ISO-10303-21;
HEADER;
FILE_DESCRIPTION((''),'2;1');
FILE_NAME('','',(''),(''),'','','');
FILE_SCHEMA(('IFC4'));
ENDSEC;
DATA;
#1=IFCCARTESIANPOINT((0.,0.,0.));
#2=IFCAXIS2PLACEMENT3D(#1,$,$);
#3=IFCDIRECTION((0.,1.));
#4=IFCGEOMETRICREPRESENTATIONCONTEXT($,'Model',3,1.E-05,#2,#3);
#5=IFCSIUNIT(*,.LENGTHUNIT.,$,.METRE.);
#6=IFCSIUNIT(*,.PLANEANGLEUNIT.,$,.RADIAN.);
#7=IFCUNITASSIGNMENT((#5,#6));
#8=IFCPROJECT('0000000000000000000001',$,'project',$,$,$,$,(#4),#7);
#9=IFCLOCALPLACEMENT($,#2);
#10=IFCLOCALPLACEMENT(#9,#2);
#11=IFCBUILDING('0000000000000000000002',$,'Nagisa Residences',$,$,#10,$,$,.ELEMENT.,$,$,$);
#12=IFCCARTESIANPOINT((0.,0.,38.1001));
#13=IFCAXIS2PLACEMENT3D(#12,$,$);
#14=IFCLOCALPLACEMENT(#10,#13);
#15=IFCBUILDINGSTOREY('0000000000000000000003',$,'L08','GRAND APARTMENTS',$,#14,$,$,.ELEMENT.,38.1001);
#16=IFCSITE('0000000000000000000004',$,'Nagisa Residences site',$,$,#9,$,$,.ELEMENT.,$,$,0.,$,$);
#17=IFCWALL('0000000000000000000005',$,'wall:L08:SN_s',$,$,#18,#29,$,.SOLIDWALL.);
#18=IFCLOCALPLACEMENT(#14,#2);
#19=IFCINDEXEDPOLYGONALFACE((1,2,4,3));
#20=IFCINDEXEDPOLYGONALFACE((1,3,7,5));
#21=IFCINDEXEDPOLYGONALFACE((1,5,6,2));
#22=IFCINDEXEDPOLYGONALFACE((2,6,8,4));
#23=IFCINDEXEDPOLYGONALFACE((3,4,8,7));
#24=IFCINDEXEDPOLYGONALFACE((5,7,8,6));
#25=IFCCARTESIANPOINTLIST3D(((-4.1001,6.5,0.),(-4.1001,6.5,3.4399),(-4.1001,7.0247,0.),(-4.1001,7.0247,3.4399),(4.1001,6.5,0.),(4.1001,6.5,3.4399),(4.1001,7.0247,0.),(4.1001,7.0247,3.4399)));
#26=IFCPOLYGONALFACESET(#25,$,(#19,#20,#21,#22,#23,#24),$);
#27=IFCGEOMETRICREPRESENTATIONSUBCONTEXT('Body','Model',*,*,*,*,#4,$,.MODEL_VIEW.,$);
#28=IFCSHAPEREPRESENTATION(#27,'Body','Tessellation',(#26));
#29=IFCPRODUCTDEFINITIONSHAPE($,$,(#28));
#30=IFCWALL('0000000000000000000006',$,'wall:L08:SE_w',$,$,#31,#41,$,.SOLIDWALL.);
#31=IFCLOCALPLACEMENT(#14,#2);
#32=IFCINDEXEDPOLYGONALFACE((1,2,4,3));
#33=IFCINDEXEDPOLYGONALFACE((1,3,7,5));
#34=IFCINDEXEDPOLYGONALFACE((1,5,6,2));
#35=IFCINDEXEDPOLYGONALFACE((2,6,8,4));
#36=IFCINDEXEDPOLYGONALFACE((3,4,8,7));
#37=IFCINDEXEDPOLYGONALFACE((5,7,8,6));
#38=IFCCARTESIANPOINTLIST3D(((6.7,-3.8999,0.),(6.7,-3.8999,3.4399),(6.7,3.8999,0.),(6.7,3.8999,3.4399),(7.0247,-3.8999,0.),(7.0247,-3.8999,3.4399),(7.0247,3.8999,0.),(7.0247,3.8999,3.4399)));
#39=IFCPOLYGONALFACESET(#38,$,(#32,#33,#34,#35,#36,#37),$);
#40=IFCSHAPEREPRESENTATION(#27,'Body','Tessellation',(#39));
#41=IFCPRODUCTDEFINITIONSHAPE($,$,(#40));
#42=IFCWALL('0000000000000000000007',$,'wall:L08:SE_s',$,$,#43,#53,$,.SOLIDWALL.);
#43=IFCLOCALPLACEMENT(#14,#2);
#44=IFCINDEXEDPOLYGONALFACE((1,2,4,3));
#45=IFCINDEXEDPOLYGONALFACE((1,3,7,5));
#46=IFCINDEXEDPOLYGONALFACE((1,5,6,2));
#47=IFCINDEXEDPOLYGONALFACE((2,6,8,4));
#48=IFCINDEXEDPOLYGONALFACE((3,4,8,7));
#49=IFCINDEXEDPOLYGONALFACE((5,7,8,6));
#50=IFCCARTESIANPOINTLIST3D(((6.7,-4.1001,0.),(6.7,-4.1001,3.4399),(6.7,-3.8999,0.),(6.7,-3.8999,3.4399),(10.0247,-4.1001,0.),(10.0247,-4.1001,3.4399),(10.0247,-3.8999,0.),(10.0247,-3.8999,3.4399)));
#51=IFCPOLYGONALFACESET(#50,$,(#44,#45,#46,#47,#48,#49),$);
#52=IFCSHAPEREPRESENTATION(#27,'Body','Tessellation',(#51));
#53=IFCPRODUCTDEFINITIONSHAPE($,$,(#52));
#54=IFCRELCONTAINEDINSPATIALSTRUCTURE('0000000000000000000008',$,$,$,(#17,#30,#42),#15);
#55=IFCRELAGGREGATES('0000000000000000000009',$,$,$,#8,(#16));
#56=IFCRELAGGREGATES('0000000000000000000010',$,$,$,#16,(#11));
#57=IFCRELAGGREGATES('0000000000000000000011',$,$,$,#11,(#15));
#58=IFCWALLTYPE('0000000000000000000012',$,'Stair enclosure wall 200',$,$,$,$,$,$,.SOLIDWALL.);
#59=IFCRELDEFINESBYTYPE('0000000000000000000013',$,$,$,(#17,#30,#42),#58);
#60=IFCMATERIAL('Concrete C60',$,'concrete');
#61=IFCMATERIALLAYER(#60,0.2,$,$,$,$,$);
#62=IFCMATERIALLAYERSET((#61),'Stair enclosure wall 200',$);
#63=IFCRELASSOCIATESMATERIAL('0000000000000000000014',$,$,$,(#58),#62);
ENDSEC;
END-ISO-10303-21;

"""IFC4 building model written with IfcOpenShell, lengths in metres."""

from ifc_helpers import new_model, si_unit, direction, frame, origin, place, context, subcontext, project, spatial, polyline, outline, extrude, material, layer, layer_set, type_object, element, save


model = new_model("IFC4")

# Units and contexts
model_context = context("Model", 3, precision=1e-05, world=origin(), true_north=direction((0.0, 1.0)))
body_context = subcontext(model_context, "Body", "Model", "MODEL_VIEW")
ifc_project = project(units=[si_unit("LENGTHUNIT", "METRE"), si_unit("PLANEANGLEUNIT", "RADIAN")], contexts=[model_context])

# Site, building, storey
site_placement = place(None, origin())
site = spatial("IfcSite", under=ifc_project, at=site_placement, Name="Nagisa Residences site", CompositionType="ELEMENT", RefElevation=0.0)
building_placement = place(site_placement, origin())
building = spatial("IfcBuilding", under=site, at=building_placement, Name="Nagisa Residences", CompositionType="ELEMENT")
storey_placement = place(building_placement, frame((0.0, 0.0, 38.1001)))
storey = spatial("IfcBuildingStorey", under=building, at=storey_placement, Name="L08", Description="GRAND APARTMENTS", CompositionType="ELEMENT", Elevation=38.1001)

# Walls
ifc_material_1 = material(Name="Concrete C60", Category="concrete")
ifc_layer_1 = layer(ifc_material_1, 0.2)
ifc_layer_set_1 = layer_set([ifc_layer_1], Name="Stair enclosure wall 200")
wall_type_1 = type_object("IfcWallType", Name="Stair enclosure wall 200", PredefinedType="SOLIDWALL", material=ifc_layer_set_1)
wall_1_placement = place(storey_placement, origin())
element("IfcWall", 1, at=wall_1_placement, inside=storey, type_object=wall_type_1, Name="wall:L08:SN_s", PredefinedType="SOLIDWALL", context=body_context, shape_type="SweptSolid", body=[
    extrude(outline(polyline([(4.1001, 6.5), (-4.1001, 6.5), (-4.1001, 7.0247), (4.1001, 7.0247), (4.1001, 6.5)])), origin(), (0.0, 0.0, 1.0), 3.4399),
])
wall_2_placement = place(storey_placement, origin())
element("IfcWall", 2, at=wall_2_placement, inside=storey, type_object=wall_type_1, Name="wall:L08:SE_w", PredefinedType="SOLIDWALL", context=body_context, shape_type="SweptSolid", body=[
    extrude(outline(polyline([(7.0247, -3.8999), (6.7, -3.8999), (6.7, 3.8999), (7.0247, 3.8999), (7.0247, -3.8999)])), origin(), (0.0, 0.0, 1.0), 3.4399),
])
wall_3_placement = place(storey_placement, origin())
element("IfcWall", 3, at=wall_3_placement, inside=storey, type_object=wall_type_1, Name="wall:L08:SE_s", PredefinedType="SOLIDWALL", context=body_context, shape_type="SweptSolid", body=[
    extrude(outline(polyline([(10.0247, -4.1001), (6.7, -4.1001), (6.7, -3.8999), (10.0247, -3.8999), (10.0247, -4.1001)])), origin(), (0.0, 0.0, 1.0), 3.4399),
])

save(model, "model.ifc")
